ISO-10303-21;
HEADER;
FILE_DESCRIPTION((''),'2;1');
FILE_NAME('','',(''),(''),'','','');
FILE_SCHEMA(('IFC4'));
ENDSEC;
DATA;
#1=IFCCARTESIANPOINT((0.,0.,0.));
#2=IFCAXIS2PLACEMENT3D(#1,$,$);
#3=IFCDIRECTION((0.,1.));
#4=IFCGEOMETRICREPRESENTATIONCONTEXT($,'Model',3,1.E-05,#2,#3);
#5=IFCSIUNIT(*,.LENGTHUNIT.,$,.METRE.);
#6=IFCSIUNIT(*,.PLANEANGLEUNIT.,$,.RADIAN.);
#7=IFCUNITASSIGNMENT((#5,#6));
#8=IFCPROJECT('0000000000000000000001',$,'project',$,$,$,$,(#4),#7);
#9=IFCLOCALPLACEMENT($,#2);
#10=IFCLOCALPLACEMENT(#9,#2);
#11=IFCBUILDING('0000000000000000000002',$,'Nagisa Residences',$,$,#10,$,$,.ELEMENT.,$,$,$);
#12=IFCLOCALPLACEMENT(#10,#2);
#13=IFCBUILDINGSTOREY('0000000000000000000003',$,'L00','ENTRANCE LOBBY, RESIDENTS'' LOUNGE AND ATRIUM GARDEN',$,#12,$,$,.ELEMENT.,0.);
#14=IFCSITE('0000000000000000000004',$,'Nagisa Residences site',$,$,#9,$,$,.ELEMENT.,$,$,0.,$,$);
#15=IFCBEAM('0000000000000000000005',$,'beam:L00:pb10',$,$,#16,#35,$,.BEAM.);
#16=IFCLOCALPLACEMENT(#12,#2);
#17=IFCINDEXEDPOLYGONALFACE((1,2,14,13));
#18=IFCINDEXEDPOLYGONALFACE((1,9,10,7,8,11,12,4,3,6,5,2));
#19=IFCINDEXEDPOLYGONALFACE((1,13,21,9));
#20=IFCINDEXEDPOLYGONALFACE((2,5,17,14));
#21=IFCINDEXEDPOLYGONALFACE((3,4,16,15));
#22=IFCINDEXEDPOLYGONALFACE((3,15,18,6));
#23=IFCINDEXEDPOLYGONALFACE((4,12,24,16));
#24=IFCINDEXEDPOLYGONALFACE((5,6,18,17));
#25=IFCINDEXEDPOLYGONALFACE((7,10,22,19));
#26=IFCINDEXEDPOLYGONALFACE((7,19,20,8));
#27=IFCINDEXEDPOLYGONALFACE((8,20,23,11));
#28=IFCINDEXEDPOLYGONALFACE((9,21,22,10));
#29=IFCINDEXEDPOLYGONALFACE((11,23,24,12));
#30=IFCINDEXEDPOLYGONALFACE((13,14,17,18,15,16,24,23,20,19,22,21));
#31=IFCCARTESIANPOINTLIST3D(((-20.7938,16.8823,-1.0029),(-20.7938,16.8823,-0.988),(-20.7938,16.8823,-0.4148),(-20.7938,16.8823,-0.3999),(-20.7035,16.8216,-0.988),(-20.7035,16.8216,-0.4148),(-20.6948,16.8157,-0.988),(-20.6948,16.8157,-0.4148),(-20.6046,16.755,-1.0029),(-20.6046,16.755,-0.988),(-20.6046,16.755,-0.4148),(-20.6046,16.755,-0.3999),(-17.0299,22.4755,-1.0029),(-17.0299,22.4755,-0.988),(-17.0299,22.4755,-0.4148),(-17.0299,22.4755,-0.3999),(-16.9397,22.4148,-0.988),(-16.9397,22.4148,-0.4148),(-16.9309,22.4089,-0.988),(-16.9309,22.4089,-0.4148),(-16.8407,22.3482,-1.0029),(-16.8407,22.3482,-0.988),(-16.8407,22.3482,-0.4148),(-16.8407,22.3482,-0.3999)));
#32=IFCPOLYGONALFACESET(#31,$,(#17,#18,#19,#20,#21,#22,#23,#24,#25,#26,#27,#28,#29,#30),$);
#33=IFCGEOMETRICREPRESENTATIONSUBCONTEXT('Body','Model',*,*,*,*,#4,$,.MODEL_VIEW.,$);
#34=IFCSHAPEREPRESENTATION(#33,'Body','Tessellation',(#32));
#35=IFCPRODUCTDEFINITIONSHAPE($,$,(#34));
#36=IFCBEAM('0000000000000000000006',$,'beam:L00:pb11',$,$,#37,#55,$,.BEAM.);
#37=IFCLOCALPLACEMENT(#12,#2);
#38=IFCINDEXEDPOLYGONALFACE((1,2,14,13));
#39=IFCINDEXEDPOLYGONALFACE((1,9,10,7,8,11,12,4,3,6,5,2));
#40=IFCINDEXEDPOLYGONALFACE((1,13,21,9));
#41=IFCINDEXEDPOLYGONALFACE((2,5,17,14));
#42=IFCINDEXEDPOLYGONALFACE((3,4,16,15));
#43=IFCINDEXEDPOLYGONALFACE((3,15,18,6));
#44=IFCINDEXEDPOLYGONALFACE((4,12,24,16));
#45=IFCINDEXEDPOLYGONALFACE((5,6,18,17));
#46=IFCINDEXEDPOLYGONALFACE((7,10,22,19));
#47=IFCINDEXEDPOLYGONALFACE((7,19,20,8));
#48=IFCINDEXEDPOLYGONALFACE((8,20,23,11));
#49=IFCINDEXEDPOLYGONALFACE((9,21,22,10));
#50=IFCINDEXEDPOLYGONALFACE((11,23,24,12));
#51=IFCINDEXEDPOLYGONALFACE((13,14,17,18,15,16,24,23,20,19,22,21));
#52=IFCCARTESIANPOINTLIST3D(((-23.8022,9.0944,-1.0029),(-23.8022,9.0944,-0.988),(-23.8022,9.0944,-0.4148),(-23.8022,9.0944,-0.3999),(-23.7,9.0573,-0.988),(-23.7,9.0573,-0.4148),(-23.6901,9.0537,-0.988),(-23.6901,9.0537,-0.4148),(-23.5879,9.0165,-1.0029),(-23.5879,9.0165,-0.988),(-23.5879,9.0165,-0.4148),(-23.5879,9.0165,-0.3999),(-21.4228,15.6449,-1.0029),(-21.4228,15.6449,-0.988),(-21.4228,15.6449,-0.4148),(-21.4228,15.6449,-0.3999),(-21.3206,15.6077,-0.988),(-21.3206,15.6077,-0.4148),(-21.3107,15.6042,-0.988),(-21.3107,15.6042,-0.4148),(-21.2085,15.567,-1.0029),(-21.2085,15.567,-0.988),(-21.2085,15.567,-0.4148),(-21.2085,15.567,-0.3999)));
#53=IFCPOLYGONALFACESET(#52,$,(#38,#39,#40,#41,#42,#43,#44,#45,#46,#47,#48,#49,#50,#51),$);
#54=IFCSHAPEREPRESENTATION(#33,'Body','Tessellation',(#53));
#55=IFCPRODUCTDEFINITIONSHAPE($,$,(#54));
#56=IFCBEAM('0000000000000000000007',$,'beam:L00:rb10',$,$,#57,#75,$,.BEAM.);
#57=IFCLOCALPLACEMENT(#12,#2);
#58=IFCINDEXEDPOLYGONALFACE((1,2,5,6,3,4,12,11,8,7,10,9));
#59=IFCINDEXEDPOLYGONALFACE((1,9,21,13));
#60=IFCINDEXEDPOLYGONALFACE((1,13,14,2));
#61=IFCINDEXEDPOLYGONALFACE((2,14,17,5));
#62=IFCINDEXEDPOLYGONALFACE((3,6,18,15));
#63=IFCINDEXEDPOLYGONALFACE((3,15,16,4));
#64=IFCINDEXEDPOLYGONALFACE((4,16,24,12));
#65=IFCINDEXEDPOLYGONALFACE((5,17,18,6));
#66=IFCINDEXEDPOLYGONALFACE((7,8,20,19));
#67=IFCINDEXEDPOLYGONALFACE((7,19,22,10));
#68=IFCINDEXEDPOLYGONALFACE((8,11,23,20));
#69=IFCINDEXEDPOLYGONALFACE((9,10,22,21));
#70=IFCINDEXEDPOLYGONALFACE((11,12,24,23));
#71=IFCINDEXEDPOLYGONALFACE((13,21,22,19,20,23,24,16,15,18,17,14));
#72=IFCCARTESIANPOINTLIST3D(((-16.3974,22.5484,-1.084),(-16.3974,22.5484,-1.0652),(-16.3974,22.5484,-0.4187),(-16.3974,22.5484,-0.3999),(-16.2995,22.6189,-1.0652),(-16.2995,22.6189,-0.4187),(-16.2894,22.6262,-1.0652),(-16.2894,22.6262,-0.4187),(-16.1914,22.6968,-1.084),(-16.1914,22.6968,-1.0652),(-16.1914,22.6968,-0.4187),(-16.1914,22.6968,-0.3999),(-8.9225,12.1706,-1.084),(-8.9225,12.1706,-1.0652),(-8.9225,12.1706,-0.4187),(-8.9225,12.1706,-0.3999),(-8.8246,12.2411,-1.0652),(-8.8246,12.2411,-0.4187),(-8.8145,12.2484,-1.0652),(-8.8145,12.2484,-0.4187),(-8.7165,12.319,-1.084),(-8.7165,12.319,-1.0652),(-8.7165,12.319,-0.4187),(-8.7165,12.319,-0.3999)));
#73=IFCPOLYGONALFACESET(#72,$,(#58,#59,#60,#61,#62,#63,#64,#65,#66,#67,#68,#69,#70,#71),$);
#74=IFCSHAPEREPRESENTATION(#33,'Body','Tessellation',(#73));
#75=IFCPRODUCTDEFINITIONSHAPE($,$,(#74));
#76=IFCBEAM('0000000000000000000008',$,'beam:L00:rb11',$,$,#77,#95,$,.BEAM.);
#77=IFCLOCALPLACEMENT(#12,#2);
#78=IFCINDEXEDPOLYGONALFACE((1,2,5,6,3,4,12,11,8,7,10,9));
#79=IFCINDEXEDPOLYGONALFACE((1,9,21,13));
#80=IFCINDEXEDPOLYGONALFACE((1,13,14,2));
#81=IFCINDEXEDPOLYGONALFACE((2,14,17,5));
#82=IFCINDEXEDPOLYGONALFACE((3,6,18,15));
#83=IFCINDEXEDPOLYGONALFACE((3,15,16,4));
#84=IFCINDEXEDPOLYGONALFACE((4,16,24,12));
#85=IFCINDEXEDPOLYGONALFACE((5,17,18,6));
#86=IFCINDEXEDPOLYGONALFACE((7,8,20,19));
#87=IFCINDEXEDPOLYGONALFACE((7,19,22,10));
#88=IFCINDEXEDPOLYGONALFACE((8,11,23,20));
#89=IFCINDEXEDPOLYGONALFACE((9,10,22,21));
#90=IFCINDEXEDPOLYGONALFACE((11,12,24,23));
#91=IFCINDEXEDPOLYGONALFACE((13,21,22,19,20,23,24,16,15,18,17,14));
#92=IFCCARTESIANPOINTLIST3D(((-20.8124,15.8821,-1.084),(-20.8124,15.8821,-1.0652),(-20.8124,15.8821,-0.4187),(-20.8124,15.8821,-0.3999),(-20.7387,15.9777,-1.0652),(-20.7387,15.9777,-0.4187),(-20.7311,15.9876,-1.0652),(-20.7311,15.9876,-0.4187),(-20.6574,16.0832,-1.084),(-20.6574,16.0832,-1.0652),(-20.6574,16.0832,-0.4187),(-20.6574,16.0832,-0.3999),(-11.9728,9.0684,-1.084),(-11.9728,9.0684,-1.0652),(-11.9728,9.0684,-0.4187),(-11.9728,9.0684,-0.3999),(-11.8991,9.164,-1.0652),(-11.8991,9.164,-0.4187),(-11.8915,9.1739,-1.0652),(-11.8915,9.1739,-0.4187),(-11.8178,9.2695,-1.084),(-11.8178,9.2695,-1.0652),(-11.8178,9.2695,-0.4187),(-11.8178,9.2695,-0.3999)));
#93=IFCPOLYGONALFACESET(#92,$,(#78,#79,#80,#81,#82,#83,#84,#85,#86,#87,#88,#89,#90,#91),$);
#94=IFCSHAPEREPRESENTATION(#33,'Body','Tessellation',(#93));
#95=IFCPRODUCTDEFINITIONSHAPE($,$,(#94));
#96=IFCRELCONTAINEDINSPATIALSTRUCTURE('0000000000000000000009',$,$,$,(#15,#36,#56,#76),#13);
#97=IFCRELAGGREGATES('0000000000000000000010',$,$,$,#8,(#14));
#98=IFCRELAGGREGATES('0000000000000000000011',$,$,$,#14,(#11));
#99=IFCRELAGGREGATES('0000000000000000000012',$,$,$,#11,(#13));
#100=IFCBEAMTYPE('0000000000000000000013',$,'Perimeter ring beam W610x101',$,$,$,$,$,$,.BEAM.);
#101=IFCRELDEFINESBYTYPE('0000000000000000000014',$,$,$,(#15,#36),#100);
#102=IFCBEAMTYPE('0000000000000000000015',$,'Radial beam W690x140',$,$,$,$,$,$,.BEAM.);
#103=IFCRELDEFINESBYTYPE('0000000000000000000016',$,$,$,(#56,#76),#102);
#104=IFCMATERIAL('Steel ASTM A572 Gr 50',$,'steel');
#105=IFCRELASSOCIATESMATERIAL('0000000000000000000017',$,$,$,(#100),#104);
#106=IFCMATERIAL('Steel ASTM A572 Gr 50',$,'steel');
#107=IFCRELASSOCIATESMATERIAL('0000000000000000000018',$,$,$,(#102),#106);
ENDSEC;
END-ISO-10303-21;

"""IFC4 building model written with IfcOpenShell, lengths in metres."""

from ifc_helpers import new_model, si_unit, direction, frame, origin, origin_2d, place, context, subcontext, project, spatial, i_section, extrude, material, material_profile, profile_set, type_object, element, save


model = new_model("IFC4")

# Units and contexts
model_context = context("Model", 3, precision=1e-05, world=origin(), true_north=direction((0.0, 1.0)))
body_context = subcontext(model_context, "Body", "Model", "MODEL_VIEW")
ifc_project = project(units=[si_unit("LENGTHUNIT", "METRE"), si_unit("PLANEANGLEUNIT", "RADIAN")], contexts=[model_context])

# Site, building, storey
site_placement = place(None, origin())
site = spatial("IfcSite", under=ifc_project, at=site_placement, Name="Nagisa Residences site", CompositionType="ELEMENT", RefElevation=0.0)
building_placement = place(site_placement, origin())
building = spatial("IfcBuilding", under=site, at=building_placement, Name="Nagisa Residences", CompositionType="ELEMENT")
storey_placement = place(building_placement, origin())
storey = spatial("IfcBuildingStorey", under=building, at=storey_placement, Name="L00", Description="ENTRANCE LOBBY, RESIDENTS' LOUNGE AND ATRIUM GARDEN", CompositionType="ELEMENT", Elevation=0.0)

# Beams
ifc_material_1 = material(Name="Steel ASTM A572 Gr 50", Category="steel")
ifc_material_profile_1 = material_profile(ifc_material_1, i_section(OverallWidth=0.228, OverallDepth=0.603, WebThickness=0.0105, FlangeThickness=0.0149, at=origin_2d()), Name="W610x101")
ifc_profile_set_1 = profile_set([ifc_material_profile_1], Name="Steel ASTM A572 Gr 50")
beam_type_1 = type_object("IfcBeamType", Name="Perimeter ring beam W610x101", PredefinedType="BEAM", material=ifc_profile_set_1)
beam_1_placement = place(storey_placement, frame((-16.9353, 22.4119, -0.7014), z_axis=(-0.558297, -0.829641, 0.0), x_axis=(0.829641, -0.558297, 0.0)))
element("IfcBeam", 1, at=beam_1_placement, inside=storey, type_object=beam_type_1, Name="beam:L00:pb10", PredefinedType="BEAM", context=body_context, shape_type="SweptSolid", body=[
    extrude(i_section(OverallWidth=0.228, OverallDepth=0.603, WebThickness=0.0105, FlangeThickness=0.0149, at=origin_2d()), origin(), (0.0, 0.0, 1.0), 6.7417),
])
beam_2_placement = place(storey_placement, frame((-21.3157, 15.606, -0.7014), z_axis=(-0.341411, -0.939914, 0.0), x_axis=(0.939914, -0.341411, 0.0)))
element("IfcBeam", 2, at=beam_2_placement, inside=storey, type_object=beam_type_1, Name="beam:L00:pb11", PredefinedType="BEAM", context=body_context, shape_type="SweptSolid", body=[
    extrude(i_section(OverallWidth=0.228, OverallDepth=0.603, WebThickness=0.0105, FlangeThickness=0.0149, at=origin_2d()), origin(), (0.0, 0.0, 1.0), 6.9692),
])
ifc_material_2 = material(Name="Steel ASTM A572 Gr 50", Category="steel")
ifc_material_profile_2 = material_profile(ifc_material_2, i_section(OverallWidth=0.2539, OverallDepth=0.6841, WebThickness=0.0125, FlangeThickness=0.0188, at=origin_2d()), Name="W690x140")
ifc_profile_set_2 = profile_set([ifc_material_profile_2], Name="Steel ASTM A572 Gr 50")
beam_type_2 = type_object("IfcBeamType", Name="Radial beam W690x140", PredefinedType="BEAM", material=ifc_profile_set_2)
beam_3_placement = place(storey_placement, frame((-16.2944, 22.6226, -0.7419), z_axis=(0.584455, -0.811426, 0.0), x_axis=(0.811426, 0.584455, 0.0)))
element("IfcBeam", 3, at=beam_3_placement, inside=storey, type_object=beam_type_2, Name="beam:L00:rb10", PredefinedType="BEAM", context=body_context, shape_type="SweptSolid", body=[
    extrude(i_section(OverallWidth=0.2539, OverallDepth=0.6841, WebThickness=0.0125, FlangeThickness=0.0188, at=origin_2d()), origin(), (0.0, 0.0, 1.0), 12.7896),
])
beam_4_placement = place(storey_placement, frame((-20.7349, 15.9827, -0.7419), z_axis=(0.792016, -0.6105, 0.0), x_axis=(0.6105, 0.792016, 0.0)))
element("IfcBeam", 4, at=beam_4_placement, inside=storey, type_object=beam_type_2, Name="beam:L00:rb11", PredefinedType="BEAM", context=body_context, shape_type="SweptSolid", body=[
    extrude(i_section(OverallWidth=0.2539, OverallDepth=0.6841, WebThickness=0.0125, FlangeThickness=0.0188, at=origin_2d()), origin(), (0.0, 0.0, 1.0), 11.1609),
])

save(model, "model.ifc")
